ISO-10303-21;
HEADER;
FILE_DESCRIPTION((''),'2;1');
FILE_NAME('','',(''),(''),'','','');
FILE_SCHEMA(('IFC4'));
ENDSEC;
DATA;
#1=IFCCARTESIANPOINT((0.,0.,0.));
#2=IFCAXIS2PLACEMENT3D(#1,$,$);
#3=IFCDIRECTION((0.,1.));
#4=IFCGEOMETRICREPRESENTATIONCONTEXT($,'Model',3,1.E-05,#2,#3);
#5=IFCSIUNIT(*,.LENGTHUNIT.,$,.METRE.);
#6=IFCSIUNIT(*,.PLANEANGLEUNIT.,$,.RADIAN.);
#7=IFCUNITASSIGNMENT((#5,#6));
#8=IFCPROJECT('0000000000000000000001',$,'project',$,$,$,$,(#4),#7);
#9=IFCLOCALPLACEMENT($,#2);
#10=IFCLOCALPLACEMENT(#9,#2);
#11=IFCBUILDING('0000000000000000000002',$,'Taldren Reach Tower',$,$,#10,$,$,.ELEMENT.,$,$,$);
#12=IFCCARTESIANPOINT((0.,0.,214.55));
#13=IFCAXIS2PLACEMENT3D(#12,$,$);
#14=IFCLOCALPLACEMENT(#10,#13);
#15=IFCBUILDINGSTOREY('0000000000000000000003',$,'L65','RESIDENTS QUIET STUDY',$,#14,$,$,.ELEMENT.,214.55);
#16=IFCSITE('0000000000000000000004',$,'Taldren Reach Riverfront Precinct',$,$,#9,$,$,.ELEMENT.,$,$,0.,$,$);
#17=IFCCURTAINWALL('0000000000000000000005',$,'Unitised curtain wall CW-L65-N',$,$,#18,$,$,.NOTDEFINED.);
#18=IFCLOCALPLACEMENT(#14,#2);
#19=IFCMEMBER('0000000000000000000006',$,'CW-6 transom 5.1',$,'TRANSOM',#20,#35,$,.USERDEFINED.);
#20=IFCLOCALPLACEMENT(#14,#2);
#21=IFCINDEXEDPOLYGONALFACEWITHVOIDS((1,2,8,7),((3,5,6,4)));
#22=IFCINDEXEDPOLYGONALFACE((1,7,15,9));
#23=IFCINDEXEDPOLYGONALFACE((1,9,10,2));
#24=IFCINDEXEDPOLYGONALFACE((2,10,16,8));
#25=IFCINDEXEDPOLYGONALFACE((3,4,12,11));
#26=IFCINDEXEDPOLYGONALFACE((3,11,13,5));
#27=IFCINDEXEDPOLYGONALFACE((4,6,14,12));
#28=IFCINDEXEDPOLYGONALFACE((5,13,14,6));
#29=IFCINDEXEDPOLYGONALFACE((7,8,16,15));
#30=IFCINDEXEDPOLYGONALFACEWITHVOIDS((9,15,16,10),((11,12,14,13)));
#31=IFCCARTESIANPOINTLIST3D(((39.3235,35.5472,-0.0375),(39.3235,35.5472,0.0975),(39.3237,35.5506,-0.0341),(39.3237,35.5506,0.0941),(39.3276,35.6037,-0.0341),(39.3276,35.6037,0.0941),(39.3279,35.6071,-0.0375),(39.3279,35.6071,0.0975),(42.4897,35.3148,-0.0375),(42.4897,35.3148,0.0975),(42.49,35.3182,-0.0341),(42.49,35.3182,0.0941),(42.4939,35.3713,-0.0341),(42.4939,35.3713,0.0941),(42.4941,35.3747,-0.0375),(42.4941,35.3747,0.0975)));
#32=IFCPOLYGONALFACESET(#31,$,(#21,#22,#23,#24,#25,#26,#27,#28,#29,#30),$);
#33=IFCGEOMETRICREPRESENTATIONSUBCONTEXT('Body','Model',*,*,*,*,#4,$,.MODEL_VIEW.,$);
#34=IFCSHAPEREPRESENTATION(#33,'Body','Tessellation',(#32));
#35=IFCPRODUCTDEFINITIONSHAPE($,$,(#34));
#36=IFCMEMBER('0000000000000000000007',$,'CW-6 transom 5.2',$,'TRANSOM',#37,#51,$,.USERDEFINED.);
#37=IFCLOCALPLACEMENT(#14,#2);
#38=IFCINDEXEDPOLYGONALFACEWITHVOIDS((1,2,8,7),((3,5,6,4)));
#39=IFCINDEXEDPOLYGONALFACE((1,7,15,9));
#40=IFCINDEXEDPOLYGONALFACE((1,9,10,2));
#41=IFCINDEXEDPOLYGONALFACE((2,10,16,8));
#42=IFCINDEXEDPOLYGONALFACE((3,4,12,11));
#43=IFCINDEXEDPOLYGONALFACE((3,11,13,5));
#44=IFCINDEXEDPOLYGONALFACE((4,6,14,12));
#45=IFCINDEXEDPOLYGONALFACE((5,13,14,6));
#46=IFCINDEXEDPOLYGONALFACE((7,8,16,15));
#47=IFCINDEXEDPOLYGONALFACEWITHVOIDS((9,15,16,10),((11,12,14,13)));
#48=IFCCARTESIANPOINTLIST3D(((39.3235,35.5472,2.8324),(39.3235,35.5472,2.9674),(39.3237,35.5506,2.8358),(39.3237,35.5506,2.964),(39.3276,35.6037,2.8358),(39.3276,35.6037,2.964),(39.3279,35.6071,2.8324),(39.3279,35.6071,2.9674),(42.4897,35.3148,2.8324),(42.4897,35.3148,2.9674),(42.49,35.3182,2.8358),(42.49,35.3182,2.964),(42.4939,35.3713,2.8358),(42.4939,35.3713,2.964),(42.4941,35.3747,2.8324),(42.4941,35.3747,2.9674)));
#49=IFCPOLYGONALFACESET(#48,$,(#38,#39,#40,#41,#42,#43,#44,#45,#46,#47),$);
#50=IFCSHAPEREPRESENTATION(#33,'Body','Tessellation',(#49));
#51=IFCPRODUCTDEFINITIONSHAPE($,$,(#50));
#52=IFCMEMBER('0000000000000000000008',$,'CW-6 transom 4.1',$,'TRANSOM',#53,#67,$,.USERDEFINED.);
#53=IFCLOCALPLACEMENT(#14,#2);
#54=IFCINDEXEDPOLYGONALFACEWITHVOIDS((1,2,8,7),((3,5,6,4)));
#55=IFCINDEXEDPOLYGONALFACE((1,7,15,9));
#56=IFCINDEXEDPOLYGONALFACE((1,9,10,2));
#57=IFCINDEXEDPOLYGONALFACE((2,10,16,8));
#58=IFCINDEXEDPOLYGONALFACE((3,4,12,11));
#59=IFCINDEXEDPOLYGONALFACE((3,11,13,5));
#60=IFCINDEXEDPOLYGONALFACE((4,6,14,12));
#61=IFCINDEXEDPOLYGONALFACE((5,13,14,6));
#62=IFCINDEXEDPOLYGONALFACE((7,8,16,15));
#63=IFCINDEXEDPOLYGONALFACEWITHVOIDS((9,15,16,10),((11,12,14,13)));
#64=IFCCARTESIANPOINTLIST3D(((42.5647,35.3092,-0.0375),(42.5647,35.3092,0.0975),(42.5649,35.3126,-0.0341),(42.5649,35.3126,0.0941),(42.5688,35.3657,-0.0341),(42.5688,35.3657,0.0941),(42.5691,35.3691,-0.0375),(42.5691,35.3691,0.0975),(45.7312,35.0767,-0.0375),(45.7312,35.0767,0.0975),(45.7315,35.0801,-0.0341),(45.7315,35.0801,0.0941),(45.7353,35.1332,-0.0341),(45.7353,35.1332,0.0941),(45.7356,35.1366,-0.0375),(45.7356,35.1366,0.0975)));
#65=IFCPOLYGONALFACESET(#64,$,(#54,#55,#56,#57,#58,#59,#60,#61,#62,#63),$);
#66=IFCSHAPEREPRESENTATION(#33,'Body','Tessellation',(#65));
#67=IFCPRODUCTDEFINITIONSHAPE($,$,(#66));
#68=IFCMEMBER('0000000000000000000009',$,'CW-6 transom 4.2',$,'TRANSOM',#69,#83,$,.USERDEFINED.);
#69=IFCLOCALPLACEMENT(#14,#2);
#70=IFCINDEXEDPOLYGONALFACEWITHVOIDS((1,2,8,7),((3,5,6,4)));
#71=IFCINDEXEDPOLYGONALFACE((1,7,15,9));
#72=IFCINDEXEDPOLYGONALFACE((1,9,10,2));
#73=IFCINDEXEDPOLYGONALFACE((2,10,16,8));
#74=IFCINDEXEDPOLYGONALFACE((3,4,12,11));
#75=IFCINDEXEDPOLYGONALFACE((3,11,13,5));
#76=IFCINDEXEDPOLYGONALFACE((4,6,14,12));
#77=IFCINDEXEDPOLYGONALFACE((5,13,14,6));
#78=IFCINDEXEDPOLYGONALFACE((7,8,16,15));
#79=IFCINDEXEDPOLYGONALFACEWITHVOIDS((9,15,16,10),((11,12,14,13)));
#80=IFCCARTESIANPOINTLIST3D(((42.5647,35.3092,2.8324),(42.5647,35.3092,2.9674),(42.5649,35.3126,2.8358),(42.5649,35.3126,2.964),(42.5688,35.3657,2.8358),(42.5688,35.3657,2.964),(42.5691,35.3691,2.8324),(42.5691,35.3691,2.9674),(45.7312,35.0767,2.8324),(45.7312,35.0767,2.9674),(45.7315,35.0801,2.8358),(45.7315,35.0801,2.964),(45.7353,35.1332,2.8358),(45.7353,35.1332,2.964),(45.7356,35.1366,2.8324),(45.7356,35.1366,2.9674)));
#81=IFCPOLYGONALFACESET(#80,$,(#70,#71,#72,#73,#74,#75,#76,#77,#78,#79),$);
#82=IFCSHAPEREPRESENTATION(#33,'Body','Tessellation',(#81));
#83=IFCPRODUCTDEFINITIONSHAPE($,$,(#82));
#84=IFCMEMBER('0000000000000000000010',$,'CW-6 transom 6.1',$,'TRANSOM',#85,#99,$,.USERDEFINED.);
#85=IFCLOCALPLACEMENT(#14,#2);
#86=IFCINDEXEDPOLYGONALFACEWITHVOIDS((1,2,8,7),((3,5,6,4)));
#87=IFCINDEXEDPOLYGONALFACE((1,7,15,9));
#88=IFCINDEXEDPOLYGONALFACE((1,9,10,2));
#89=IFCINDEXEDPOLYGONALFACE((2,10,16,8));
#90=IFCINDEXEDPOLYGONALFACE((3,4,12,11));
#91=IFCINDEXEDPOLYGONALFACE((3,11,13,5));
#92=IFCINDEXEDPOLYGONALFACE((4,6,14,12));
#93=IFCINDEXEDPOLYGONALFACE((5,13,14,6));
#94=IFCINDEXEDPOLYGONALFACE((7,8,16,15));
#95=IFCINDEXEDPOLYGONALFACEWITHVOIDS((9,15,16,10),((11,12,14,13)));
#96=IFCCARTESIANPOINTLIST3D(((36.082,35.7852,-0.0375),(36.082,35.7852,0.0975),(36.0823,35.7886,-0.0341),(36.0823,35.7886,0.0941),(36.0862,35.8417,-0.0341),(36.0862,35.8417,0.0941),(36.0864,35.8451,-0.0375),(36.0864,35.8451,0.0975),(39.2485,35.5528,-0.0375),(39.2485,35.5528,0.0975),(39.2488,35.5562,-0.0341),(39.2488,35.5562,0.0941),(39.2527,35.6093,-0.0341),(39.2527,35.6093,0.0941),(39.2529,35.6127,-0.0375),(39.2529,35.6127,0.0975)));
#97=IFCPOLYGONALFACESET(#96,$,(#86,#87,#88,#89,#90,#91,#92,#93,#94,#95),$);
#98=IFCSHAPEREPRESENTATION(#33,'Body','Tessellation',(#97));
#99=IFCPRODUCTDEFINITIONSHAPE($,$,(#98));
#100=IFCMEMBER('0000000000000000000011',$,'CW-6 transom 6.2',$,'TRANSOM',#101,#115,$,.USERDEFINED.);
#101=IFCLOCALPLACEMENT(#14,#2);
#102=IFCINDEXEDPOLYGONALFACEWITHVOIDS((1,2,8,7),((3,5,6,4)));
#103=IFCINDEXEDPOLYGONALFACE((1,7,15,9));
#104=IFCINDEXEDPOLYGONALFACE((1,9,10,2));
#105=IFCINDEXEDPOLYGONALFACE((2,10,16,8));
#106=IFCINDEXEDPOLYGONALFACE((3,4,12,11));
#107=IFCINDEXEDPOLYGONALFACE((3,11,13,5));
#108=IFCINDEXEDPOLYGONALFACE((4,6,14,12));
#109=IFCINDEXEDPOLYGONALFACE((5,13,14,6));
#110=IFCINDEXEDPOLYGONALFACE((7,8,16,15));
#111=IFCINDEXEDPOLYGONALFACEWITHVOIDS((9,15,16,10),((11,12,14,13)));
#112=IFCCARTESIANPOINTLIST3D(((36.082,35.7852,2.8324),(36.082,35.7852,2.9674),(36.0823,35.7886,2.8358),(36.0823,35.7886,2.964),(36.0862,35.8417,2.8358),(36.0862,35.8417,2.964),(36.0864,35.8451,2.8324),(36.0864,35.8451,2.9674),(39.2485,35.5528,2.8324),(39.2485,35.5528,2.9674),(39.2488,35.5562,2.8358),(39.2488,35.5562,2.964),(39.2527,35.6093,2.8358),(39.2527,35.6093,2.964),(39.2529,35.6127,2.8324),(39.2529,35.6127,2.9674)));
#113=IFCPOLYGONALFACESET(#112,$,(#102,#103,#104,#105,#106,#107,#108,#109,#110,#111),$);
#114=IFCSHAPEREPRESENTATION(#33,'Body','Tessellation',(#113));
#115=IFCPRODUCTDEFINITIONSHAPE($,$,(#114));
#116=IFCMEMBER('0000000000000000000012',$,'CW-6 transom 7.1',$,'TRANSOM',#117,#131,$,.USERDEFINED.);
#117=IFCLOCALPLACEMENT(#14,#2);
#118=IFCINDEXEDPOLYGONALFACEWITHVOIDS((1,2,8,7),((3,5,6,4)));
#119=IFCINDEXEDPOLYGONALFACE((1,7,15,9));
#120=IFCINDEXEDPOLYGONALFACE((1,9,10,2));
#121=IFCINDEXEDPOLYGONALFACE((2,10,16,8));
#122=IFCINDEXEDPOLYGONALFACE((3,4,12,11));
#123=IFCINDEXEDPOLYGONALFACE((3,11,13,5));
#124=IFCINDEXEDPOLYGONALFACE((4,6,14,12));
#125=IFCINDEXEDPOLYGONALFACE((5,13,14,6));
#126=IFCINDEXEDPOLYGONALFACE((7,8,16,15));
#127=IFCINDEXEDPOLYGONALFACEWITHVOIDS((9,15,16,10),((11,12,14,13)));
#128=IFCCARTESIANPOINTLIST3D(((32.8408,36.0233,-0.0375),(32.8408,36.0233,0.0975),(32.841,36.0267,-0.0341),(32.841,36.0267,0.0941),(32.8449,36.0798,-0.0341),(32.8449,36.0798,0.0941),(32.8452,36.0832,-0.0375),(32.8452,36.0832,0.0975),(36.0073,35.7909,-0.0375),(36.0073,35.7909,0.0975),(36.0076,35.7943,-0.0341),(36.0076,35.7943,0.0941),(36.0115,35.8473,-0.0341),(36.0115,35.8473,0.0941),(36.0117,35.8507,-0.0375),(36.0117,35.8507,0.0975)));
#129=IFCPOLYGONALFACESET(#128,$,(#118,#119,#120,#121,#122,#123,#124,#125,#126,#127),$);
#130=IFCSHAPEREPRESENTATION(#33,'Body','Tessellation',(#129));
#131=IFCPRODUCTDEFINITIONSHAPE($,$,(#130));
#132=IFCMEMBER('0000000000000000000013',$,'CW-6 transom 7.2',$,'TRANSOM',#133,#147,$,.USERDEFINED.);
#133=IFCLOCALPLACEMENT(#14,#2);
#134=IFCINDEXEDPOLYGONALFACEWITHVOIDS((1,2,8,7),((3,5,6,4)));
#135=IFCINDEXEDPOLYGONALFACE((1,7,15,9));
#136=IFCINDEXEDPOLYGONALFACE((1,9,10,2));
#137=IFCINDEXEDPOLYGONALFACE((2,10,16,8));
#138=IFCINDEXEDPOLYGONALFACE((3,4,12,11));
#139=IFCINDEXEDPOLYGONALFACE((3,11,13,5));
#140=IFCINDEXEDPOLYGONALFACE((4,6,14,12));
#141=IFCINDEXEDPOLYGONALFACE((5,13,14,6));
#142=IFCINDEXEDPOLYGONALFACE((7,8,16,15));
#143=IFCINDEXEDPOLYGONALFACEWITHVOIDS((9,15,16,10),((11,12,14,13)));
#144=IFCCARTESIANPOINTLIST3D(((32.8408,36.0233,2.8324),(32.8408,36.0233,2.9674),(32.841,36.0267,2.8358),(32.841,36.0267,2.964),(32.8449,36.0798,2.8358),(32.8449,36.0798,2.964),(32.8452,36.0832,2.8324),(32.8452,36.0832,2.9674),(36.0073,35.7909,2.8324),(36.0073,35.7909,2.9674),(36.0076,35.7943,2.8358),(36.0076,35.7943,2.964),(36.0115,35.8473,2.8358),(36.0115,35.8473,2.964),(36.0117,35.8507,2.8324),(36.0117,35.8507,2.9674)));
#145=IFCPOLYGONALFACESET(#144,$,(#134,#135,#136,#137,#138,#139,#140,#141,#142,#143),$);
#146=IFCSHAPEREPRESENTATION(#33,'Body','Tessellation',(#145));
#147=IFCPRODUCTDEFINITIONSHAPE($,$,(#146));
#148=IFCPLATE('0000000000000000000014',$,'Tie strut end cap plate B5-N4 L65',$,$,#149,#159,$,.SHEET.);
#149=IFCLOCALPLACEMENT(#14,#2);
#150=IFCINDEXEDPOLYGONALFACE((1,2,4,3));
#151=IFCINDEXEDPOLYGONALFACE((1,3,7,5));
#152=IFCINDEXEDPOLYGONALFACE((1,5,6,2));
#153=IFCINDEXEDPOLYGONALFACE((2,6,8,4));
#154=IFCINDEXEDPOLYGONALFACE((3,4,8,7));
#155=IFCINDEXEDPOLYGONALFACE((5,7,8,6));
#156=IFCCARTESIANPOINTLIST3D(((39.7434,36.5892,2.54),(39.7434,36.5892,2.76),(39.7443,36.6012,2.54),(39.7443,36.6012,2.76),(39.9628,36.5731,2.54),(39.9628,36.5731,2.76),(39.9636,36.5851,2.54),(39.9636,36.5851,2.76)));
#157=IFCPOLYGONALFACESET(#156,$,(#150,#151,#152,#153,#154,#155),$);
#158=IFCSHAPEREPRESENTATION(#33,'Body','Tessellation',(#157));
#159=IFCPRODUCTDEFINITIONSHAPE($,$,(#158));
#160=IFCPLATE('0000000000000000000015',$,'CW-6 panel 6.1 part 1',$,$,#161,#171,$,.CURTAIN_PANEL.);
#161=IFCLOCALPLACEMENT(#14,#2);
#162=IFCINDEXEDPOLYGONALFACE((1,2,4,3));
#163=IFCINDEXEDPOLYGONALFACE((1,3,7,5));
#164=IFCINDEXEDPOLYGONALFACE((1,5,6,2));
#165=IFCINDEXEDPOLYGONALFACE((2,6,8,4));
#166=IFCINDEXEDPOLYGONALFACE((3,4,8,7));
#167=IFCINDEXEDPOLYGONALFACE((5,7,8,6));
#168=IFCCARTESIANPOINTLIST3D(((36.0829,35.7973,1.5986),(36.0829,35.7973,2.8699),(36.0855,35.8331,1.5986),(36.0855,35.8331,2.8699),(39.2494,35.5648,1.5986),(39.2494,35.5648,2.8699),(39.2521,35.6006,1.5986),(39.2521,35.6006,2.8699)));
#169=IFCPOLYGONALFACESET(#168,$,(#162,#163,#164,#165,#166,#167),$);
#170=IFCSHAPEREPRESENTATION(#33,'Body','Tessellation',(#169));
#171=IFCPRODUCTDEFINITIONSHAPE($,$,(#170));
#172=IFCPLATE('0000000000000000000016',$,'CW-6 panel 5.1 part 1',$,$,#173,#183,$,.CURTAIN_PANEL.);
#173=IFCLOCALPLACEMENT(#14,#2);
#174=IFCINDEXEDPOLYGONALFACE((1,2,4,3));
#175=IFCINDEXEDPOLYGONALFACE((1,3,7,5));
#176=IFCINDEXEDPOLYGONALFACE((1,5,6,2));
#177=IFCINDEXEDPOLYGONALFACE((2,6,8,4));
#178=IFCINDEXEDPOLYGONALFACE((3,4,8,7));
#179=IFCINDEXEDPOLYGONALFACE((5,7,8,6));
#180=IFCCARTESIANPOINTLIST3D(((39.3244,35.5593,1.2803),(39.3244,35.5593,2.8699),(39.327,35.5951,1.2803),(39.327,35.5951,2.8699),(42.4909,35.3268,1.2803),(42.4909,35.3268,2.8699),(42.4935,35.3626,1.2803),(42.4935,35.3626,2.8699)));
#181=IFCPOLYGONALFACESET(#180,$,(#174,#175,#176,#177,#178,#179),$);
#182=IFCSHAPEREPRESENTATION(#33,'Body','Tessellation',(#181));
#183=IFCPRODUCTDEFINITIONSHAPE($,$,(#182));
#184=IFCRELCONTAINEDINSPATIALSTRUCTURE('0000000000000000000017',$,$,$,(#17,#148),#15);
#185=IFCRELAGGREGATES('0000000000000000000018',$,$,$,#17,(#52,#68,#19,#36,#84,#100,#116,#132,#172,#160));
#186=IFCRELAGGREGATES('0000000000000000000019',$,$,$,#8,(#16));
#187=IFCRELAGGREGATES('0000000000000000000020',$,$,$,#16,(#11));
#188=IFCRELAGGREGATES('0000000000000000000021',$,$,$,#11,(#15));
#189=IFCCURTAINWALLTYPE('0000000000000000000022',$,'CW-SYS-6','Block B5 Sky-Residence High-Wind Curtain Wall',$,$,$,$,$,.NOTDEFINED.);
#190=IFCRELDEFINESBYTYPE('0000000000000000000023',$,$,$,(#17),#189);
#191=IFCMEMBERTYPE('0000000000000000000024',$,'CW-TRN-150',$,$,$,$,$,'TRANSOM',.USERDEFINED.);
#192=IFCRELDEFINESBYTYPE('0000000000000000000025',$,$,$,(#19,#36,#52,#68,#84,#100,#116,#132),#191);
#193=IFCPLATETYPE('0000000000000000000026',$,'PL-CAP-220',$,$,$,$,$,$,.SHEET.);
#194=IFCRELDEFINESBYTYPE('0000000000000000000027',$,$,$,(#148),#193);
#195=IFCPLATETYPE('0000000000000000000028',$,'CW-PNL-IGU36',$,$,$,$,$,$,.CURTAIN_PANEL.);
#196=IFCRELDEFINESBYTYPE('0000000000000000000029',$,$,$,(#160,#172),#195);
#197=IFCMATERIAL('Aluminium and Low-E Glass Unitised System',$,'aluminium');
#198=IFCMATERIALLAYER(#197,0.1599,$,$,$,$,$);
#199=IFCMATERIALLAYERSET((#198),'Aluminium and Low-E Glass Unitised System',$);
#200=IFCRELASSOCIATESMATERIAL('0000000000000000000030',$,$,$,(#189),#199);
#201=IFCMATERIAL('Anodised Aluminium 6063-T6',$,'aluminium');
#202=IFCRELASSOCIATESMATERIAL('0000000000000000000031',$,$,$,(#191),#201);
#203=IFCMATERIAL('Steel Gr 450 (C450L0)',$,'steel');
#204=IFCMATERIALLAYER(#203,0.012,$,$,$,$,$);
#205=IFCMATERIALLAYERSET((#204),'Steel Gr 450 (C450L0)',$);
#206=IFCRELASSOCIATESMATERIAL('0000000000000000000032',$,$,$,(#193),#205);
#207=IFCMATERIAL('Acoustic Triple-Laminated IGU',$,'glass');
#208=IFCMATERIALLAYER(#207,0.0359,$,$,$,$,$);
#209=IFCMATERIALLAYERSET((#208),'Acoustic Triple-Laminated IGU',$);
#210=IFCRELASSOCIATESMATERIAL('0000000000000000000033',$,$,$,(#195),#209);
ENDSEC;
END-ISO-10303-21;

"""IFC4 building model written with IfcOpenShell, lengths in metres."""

from ifc_helpers import new_model, si_unit, direction, frame, origin, origin_2d, place, context, subcontext, project, spatial, rectangle, hollow_rectangle, extrude, source, transform, mapped, material, layer, layer_set, material_profile, profile_set, type_object, element, aggregate, save


model = new_model("IFC4")

# Units and contexts
model_context = context("Model", 3, precision=1e-05, world=origin(), true_north=direction((0.0, 1.0)))
body_context = subcontext(model_context, "Body", "Model", "MODEL_VIEW")
ifc_project = project(units=[si_unit("LENGTHUNIT", "METRE"), si_unit("PLANEANGLEUNIT", "RADIAN")], contexts=[model_context])

# Site, building, storey
site_placement = place(None, origin())
site = spatial("IfcSite", under=ifc_project, at=site_placement, Name="Taldren Reach Riverfront Precinct", CompositionType="ELEMENT", RefElevation=0.0)
building_placement = place(site_placement, origin())
building = spatial("IfcBuilding", under=site, at=building_placement, Name="Taldren Reach Tower", CompositionType="ELEMENT")
storey_placement = place(building_placement, frame((0.0, 0.0, 214.55)))
storey = spatial("IfcBuildingStorey", under=building, at=storey_placement, Name="L65", Description="RESIDENTS QUIET STUDY", CompositionType="ELEMENT", Elevation=214.55)

# Shared definitions
ifc_material_1 = material(Name="Steel Gr 450 (C450L0)", Category="steel")

# Curtain wall, members
ifc_material_2 = material(Name="Aluminium and Low-E Glass Unitised System", Category="aluminium")
ifc_layer_1 = layer(ifc_material_2, 0.1599)
ifc_layer_set_1 = layer_set([ifc_layer_1], Name="Aluminium and Low-E Glass Unitised System")
curtain_wall_type = type_object("IfcCurtainWallType", Name="CW-SYS-6", Description="Block B5 Sky-Residence High-Wind Curtain Wall", PredefinedType="NOTDEFINED", material=ifc_layer_set_1)
curtain_wall_placement = place(storey_placement, origin())
curtain_wall = element("IfcCurtainWall", 1, at=curtain_wall_placement, inside=storey, type_object=curtain_wall_type, Name="Unitised curtain wall CW-L65-N", PredefinedType="NOTDEFINED")
ifc_material_3 = material(Name="Anodised Aluminium 6063-T6", Category="aluminium")
ifc_material_profile_1 = material_profile(ifc_material_3, hollow_rectangle(XDim=0.0601, YDim=0.135, WallThickness=0.0034, at=origin_2d()), Name="ALU-135x60x3.5RHS")
ifc_profile_set_1 = profile_set([ifc_material_profile_1], Name="Anodised Aluminium 6063-T6")
member_type_1 = type_object("IfcMemberType", Name="CW-TRN-150", ElementType="TRANSOM", PredefinedType="USERDEFINED", material=ifc_profile_set_1)
shared_shape_1 = source(origin(), body_context, "Body", "SweptSolid", [
    extrude(hollow_rectangle(XDim=0.0601, YDim=0.135, WallThickness=0.0034, at=origin_2d()), origin(), (0.0, 0.0, 1.0), 3.1748),
])
member_1_placement = place(storey_placement, frame((42.4919, 35.3447, 0.03), z_axis=(-0.997317, 0.073209, 0.0), x_axis=(-0.073209, -0.997317, 0.0)))
member_1 = element("IfcMember", 2, at=member_1_placement, type_object=member_type_1, Name="CW-6 transom 5.1", ObjectType="TRANSOM", PredefinedType="USERDEFINED", context=body_context, shape_type="MappedRepresentation", body=[
    mapped(shared_shape_1, transform((0.0, 0.0, 0.0), scale=1.0)),
])
member_2_placement = place(storey_placement, frame((42.4919, 35.3447, 2.8999), z_axis=(-0.997317, 0.073209, 0.0), x_axis=(-0.073209, -0.997317, 0.0)))
member_2 = element("IfcMember", 3, at=member_2_placement, type_object=member_type_1, Name="CW-6 transom 5.2", ObjectType="TRANSOM", PredefinedType="USERDEFINED", context=body_context, shape_type="MappedRepresentation", body=[
    mapped(shared_shape_1, transform((0.0, 0.0, 0.0), scale=1.0)),
])
shared_shape_2 = source(origin(), body_context, "Body", "SweptSolid", [
    extrude(hollow_rectangle(XDim=0.0601, YDim=0.135, WallThickness=0.0034, at=origin_2d()), origin(), (0.0, 0.0, 1.0), 3.175),
])
member_3_placement = place(storey_placement, frame((45.7334, 35.1067, 0.03), z_axis=(-0.997317, 0.073203, 0.0), x_axis=(-0.073203, -0.997317, 0.0)))
member_3 = element("IfcMember", 4, at=member_3_placement, type_object=member_type_1, Name="CW-6 transom 4.1", ObjectType="TRANSOM", PredefinedType="USERDEFINED", context=body_context, shape_type="MappedRepresentation", body=[
    mapped(shared_shape_2, transform((0.0, 0.0, 0.0), scale=1.0)),
])
member_4_placement = place(storey_placement, frame((45.7334, 35.1067, 2.8999), z_axis=(-0.997317, 0.073203, 0.0), x_axis=(-0.073203, -0.997317, 0.0)))
member_4 = element("IfcMember", 5, at=member_4_placement, type_object=member_type_1, Name="CW-6 transom 4.2", ObjectType="TRANSOM", PredefinedType="USERDEFINED", context=body_context, shape_type="MappedRepresentation", body=[
    mapped(shared_shape_2, transform((0.0, 0.0, 0.0), scale=1.0)),
])
member_5_placement = place(storey_placement, frame((39.2507, 35.5828, 0.03), z_axis=(-0.997317, 0.073203, 0.0), x_axis=(-0.073203, -0.997317, 0.0)))
member_5 = element("IfcMember", 6, at=member_5_placement, type_object=member_type_1, Name="CW-6 transom 6.1", ObjectType="TRANSOM", PredefinedType="USERDEFINED", context=body_context, shape_type="MappedRepresentation", body=[
    mapped(shared_shape_2, transform((0.0, 0.0, 0.0), scale=1.0)),
])
member_6_placement = place(storey_placement, frame((39.2507, 35.5828, 2.8999), z_axis=(-0.997317, 0.073203, 0.0), x_axis=(-0.073203, -0.997317, 0.0)))
member_6 = element("IfcMember", 7, at=member_6_placement, type_object=member_type_1, Name="CW-6 transom 6.2", ObjectType="TRANSOM", PredefinedType="USERDEFINED", context=body_context, shape_type="MappedRepresentation", body=[
    mapped(shared_shape_2, transform((0.0, 0.0, 0.0), scale=1.0)),
])
member_7_placement = place(storey_placement, frame((36.0095, 35.8208, 0.03), z_axis=(-0.997317, 0.073203, 0.0), x_axis=(-0.073203, -0.997317, 0.0)))
member_7 = element("IfcMember", 8, at=member_7_placement, type_object=member_type_1, Name="CW-6 transom 7.1", ObjectType="TRANSOM", PredefinedType="USERDEFINED", context=body_context, shape_type="MappedRepresentation", body=[
    mapped(shared_shape_2, transform((0.0, 0.0, 0.0), scale=1.0)),
])
member_8_placement = place(storey_placement, frame((36.0095, 35.8208, 2.8999), z_axis=(-0.997317, 0.073203, 0.0), x_axis=(-0.073203, -0.997317, 0.0)))
member_8 = element("IfcMember", 9, at=member_8_placement, type_object=member_type_1, Name="CW-6 transom 7.2", ObjectType="TRANSOM", PredefinedType="USERDEFINED", context=body_context, shape_type="MappedRepresentation", body=[
    mapped(shared_shape_2, transform((0.0, 0.0, 0.0), scale=1.0)),
])

# Plates
ifc_layer_2 = layer(ifc_material_1, 0.012)
ifc_layer_set_2 = layer_set([ifc_layer_2], Name="Steel Gr 450 (C450L0)")
plate_type_1 = type_object("IfcPlateType", Name="PL-CAP-220", PredefinedType="SHEET", material=ifc_layer_set_2)
shared_shape_3 = source(origin(), body_context, "Body", "SweptSolid", [
    extrude(rectangle(XDim=0.22, YDim=0.012, at=origin_2d()), origin(), (0.0, 0.0, 1.0), 0.22),
])
plate_1_placement = place(storey_placement, frame((39.8535, 36.5872, 2.54), z_axis=(0.0, 0.0, 1.0), x_axis=(0.997314, -0.073238, 0.0)))
element("IfcPlate", 10, at=plate_1_placement, inside=storey, type_object=plate_type_1, Name="Tie strut end cap plate B5-N4 L65", PredefinedType="SHEET", context=body_context, shape_type="MappedRepresentation", body=[
    mapped(shared_shape_3, transform((0.0, 0.0, 0.0), scale=1.0)),
])
ifc_material_4 = material(Name="Acoustic Triple-Laminated IGU", Category="glass")
ifc_layer_3 = layer(ifc_material_4, 0.0359)
ifc_layer_set_3 = layer_set([ifc_layer_3], Name="Acoustic Triple-Laminated IGU")
plate_type_2 = type_object("IfcPlateType", Name="CW-PNL-IGU36", PredefinedType="CURTAIN_PANEL", material=ifc_layer_set_3)
shared_shape_4 = source(origin(), body_context, "Body", "SweptSolid", [
    extrude(rectangle(XDim=3.175, YDim=0.0359, at=origin_2d()), origin(), (0.0, 0.0, 1.0), 1.2712),
])
plate_2_placement = place(storey_placement, frame((37.6675, 35.699, 1.5986), z_axis=(0.0, 0.0, 1.0), x_axis=(-0.997314, 0.073238, 0.0)))
plate_2 = element("IfcPlate", 11, at=plate_2_placement, type_object=plate_type_2, Name="CW-6 panel 6.1 part 1", PredefinedType="CURTAIN_PANEL", context=body_context, shape_type="MappedRepresentation", body=[
    mapped(shared_shape_4, transform((0.0, 0.0, 0.0), scale=1.0)),
])
shared_shape_5 = source(origin(), body_context, "Body", "SweptSolid", [
    extrude(rectangle(XDim=3.175, YDim=0.0359, at=origin_2d()), origin(), (0.0, 0.0, 1.0), 1.5896),
])
plate_3_placement = place(storey_placement, frame((40.9089, 35.4609, 1.2803), z_axis=(0.0, 0.0, 1.0), x_axis=(-0.997314, 0.073238, 0.0)))
plate_3 = element("IfcPlate", 12, at=plate_3_placement, type_object=plate_type_2, Name="CW-6 panel 5.1 part 1", PredefinedType="CURTAIN_PANEL", context=body_context, shape_type="MappedRepresentation", body=[
    mapped(shared_shape_5, transform((0.0, 0.0, 0.0), scale=1.0)),
])
aggregate(curtain_wall, [member_3, member_4, member_1, member_2, member_5, member_6, member_7, member_8, plate_3, plate_2])

save(model, "model.ifc")
